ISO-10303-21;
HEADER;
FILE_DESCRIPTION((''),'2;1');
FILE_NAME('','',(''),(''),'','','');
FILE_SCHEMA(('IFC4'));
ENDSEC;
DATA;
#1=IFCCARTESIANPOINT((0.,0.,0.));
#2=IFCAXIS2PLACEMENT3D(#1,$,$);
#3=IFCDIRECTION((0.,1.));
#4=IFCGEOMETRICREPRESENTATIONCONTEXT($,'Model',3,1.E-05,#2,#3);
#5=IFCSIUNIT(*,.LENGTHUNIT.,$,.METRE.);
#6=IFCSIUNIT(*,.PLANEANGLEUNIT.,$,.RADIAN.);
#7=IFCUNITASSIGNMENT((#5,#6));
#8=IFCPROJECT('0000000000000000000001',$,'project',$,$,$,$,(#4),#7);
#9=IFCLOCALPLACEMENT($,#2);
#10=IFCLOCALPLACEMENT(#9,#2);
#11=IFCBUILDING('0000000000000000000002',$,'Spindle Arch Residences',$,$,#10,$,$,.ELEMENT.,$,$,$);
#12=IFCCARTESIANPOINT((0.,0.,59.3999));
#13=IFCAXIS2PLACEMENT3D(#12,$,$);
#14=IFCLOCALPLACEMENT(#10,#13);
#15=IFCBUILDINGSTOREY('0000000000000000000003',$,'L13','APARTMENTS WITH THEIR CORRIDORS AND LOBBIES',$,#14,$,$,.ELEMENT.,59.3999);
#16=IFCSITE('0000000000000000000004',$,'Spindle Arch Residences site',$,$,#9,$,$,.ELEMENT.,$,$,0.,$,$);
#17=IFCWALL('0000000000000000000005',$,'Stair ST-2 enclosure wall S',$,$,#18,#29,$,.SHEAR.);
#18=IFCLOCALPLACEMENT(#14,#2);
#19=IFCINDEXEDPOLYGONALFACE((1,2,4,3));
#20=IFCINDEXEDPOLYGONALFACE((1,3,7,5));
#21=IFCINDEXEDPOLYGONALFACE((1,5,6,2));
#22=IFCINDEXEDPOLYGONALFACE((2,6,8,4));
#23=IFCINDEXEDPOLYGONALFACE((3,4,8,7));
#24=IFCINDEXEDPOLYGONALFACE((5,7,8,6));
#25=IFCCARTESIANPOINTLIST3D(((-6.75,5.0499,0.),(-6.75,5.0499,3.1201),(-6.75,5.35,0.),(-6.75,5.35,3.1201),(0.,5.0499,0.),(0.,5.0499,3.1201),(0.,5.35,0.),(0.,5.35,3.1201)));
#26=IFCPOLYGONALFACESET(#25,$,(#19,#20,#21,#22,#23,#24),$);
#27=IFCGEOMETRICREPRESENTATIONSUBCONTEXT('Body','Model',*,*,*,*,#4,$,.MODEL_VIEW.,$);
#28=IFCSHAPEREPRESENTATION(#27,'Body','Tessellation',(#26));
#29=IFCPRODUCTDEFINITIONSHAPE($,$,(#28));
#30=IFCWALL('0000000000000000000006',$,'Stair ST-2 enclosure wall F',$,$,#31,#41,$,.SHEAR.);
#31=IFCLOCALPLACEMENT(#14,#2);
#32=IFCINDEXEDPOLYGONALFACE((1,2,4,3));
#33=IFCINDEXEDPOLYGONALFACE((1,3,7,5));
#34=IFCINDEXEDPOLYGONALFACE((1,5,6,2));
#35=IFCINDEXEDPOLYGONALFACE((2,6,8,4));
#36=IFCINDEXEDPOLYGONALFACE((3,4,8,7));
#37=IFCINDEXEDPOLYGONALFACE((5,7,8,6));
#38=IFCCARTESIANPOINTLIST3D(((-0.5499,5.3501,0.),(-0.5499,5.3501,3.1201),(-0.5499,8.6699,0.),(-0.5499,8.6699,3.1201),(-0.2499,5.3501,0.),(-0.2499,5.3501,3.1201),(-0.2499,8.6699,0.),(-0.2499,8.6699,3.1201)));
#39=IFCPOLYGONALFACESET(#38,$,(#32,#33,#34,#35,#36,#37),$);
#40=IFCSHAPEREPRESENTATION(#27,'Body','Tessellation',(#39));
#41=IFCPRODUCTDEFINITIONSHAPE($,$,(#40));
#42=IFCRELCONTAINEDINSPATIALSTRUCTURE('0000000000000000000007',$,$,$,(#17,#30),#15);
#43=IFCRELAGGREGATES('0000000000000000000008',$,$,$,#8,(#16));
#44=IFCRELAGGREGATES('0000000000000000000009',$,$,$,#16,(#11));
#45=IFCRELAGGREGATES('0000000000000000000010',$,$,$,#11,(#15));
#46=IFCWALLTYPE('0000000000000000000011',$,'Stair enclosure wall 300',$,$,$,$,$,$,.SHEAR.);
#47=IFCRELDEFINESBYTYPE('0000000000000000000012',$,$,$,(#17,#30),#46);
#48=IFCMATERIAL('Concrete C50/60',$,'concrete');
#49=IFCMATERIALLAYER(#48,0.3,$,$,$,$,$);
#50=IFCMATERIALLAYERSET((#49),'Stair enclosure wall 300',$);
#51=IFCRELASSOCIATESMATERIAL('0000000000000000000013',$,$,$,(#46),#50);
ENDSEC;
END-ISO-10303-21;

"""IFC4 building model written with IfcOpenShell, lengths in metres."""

from ifc_helpers import new_model, si_unit, direction, frame, frame_2d, origin, place, context, subcontext, project, spatial, rectangle, extrude, material, layer, layer_set, type_object, element, save


model = new_model("IFC4")

# Units and contexts
model_context = context("Model", 3, precision=1e-05, world=origin(), true_north=direction((0.0, 1.0)))
body_context = subcontext(model_context, "Body", "Model", "MODEL_VIEW")
ifc_project = project(units=[si_unit("LENGTHUNIT", "METRE"), si_unit("PLANEANGLEUNIT", "RADIAN")], contexts=[model_context])

# Site, building, storey
site_placement = place(None, origin())
site = spatial("IfcSite", under=ifc_project, at=site_placement, Name="Spindle Arch Residences site", CompositionType="ELEMENT", RefElevation=0.0)
building_placement = place(site_placement, origin())
building = spatial("IfcBuilding", under=site, at=building_placement, Name="Spindle Arch Residences", CompositionType="ELEMENT")
storey_placement = place(building_placement, frame((0.0, 0.0, 59.3999)))
storey = spatial("IfcBuildingStorey", under=building, at=storey_placement, Name="L13", Description="APARTMENTS WITH THEIR CORRIDORS AND LOBBIES", CompositionType="ELEMENT", Elevation=59.3999)

# Walls
ifc_material_1 = material(Name="Concrete C50/60", Category="concrete")
ifc_layer_1 = layer(ifc_material_1, 0.3)
ifc_layer_set_1 = layer_set([ifc_layer_1], Name="Stair enclosure wall 300")
wall_type_1 = type_object("IfcWallType", Name="Stair enclosure wall 300", PredefinedType="SHEAR", material=ifc_layer_set_1)
wall_1_placement = place(storey_placement, frame((-6.75, 5.2, 0.0), z_axis=(0.0, 0.0, 1.0), x_axis=(1.0, 0.0, 0.0)))
element("IfcWall", 1, at=wall_1_placement, inside=storey, type_object=wall_type_1, Name="Stair ST-2 enclosure wall S", PredefinedType="SHEAR", context=body_context, shape_type="SweptSolid", body=[
    extrude(rectangle(XDim=6.75, YDim=0.3, at=frame_2d((3.375, 0.0))), origin(), (0.0, 0.0, 1.0), 3.1201),
])
wall_2_placement = place(storey_placement, frame((-0.3999, 5.3501, 0.0), z_axis=(0.0, 0.0, 1.0), x_axis=(0.0, 1.0, 0.0)))
element("IfcWall", 2, at=wall_2_placement, inside=storey, type_object=wall_type_1, Name="Stair ST-2 enclosure wall F", PredefinedType="SHEAR", context=body_context, shape_type="SweptSolid", body=[
    extrude(rectangle(XDim=3.3198, YDim=0.3, at=frame_2d((1.6599, 0.0))), origin(), (0.0, 0.0, 1.0), 3.1201),
])

save(model, "model.ifc")
